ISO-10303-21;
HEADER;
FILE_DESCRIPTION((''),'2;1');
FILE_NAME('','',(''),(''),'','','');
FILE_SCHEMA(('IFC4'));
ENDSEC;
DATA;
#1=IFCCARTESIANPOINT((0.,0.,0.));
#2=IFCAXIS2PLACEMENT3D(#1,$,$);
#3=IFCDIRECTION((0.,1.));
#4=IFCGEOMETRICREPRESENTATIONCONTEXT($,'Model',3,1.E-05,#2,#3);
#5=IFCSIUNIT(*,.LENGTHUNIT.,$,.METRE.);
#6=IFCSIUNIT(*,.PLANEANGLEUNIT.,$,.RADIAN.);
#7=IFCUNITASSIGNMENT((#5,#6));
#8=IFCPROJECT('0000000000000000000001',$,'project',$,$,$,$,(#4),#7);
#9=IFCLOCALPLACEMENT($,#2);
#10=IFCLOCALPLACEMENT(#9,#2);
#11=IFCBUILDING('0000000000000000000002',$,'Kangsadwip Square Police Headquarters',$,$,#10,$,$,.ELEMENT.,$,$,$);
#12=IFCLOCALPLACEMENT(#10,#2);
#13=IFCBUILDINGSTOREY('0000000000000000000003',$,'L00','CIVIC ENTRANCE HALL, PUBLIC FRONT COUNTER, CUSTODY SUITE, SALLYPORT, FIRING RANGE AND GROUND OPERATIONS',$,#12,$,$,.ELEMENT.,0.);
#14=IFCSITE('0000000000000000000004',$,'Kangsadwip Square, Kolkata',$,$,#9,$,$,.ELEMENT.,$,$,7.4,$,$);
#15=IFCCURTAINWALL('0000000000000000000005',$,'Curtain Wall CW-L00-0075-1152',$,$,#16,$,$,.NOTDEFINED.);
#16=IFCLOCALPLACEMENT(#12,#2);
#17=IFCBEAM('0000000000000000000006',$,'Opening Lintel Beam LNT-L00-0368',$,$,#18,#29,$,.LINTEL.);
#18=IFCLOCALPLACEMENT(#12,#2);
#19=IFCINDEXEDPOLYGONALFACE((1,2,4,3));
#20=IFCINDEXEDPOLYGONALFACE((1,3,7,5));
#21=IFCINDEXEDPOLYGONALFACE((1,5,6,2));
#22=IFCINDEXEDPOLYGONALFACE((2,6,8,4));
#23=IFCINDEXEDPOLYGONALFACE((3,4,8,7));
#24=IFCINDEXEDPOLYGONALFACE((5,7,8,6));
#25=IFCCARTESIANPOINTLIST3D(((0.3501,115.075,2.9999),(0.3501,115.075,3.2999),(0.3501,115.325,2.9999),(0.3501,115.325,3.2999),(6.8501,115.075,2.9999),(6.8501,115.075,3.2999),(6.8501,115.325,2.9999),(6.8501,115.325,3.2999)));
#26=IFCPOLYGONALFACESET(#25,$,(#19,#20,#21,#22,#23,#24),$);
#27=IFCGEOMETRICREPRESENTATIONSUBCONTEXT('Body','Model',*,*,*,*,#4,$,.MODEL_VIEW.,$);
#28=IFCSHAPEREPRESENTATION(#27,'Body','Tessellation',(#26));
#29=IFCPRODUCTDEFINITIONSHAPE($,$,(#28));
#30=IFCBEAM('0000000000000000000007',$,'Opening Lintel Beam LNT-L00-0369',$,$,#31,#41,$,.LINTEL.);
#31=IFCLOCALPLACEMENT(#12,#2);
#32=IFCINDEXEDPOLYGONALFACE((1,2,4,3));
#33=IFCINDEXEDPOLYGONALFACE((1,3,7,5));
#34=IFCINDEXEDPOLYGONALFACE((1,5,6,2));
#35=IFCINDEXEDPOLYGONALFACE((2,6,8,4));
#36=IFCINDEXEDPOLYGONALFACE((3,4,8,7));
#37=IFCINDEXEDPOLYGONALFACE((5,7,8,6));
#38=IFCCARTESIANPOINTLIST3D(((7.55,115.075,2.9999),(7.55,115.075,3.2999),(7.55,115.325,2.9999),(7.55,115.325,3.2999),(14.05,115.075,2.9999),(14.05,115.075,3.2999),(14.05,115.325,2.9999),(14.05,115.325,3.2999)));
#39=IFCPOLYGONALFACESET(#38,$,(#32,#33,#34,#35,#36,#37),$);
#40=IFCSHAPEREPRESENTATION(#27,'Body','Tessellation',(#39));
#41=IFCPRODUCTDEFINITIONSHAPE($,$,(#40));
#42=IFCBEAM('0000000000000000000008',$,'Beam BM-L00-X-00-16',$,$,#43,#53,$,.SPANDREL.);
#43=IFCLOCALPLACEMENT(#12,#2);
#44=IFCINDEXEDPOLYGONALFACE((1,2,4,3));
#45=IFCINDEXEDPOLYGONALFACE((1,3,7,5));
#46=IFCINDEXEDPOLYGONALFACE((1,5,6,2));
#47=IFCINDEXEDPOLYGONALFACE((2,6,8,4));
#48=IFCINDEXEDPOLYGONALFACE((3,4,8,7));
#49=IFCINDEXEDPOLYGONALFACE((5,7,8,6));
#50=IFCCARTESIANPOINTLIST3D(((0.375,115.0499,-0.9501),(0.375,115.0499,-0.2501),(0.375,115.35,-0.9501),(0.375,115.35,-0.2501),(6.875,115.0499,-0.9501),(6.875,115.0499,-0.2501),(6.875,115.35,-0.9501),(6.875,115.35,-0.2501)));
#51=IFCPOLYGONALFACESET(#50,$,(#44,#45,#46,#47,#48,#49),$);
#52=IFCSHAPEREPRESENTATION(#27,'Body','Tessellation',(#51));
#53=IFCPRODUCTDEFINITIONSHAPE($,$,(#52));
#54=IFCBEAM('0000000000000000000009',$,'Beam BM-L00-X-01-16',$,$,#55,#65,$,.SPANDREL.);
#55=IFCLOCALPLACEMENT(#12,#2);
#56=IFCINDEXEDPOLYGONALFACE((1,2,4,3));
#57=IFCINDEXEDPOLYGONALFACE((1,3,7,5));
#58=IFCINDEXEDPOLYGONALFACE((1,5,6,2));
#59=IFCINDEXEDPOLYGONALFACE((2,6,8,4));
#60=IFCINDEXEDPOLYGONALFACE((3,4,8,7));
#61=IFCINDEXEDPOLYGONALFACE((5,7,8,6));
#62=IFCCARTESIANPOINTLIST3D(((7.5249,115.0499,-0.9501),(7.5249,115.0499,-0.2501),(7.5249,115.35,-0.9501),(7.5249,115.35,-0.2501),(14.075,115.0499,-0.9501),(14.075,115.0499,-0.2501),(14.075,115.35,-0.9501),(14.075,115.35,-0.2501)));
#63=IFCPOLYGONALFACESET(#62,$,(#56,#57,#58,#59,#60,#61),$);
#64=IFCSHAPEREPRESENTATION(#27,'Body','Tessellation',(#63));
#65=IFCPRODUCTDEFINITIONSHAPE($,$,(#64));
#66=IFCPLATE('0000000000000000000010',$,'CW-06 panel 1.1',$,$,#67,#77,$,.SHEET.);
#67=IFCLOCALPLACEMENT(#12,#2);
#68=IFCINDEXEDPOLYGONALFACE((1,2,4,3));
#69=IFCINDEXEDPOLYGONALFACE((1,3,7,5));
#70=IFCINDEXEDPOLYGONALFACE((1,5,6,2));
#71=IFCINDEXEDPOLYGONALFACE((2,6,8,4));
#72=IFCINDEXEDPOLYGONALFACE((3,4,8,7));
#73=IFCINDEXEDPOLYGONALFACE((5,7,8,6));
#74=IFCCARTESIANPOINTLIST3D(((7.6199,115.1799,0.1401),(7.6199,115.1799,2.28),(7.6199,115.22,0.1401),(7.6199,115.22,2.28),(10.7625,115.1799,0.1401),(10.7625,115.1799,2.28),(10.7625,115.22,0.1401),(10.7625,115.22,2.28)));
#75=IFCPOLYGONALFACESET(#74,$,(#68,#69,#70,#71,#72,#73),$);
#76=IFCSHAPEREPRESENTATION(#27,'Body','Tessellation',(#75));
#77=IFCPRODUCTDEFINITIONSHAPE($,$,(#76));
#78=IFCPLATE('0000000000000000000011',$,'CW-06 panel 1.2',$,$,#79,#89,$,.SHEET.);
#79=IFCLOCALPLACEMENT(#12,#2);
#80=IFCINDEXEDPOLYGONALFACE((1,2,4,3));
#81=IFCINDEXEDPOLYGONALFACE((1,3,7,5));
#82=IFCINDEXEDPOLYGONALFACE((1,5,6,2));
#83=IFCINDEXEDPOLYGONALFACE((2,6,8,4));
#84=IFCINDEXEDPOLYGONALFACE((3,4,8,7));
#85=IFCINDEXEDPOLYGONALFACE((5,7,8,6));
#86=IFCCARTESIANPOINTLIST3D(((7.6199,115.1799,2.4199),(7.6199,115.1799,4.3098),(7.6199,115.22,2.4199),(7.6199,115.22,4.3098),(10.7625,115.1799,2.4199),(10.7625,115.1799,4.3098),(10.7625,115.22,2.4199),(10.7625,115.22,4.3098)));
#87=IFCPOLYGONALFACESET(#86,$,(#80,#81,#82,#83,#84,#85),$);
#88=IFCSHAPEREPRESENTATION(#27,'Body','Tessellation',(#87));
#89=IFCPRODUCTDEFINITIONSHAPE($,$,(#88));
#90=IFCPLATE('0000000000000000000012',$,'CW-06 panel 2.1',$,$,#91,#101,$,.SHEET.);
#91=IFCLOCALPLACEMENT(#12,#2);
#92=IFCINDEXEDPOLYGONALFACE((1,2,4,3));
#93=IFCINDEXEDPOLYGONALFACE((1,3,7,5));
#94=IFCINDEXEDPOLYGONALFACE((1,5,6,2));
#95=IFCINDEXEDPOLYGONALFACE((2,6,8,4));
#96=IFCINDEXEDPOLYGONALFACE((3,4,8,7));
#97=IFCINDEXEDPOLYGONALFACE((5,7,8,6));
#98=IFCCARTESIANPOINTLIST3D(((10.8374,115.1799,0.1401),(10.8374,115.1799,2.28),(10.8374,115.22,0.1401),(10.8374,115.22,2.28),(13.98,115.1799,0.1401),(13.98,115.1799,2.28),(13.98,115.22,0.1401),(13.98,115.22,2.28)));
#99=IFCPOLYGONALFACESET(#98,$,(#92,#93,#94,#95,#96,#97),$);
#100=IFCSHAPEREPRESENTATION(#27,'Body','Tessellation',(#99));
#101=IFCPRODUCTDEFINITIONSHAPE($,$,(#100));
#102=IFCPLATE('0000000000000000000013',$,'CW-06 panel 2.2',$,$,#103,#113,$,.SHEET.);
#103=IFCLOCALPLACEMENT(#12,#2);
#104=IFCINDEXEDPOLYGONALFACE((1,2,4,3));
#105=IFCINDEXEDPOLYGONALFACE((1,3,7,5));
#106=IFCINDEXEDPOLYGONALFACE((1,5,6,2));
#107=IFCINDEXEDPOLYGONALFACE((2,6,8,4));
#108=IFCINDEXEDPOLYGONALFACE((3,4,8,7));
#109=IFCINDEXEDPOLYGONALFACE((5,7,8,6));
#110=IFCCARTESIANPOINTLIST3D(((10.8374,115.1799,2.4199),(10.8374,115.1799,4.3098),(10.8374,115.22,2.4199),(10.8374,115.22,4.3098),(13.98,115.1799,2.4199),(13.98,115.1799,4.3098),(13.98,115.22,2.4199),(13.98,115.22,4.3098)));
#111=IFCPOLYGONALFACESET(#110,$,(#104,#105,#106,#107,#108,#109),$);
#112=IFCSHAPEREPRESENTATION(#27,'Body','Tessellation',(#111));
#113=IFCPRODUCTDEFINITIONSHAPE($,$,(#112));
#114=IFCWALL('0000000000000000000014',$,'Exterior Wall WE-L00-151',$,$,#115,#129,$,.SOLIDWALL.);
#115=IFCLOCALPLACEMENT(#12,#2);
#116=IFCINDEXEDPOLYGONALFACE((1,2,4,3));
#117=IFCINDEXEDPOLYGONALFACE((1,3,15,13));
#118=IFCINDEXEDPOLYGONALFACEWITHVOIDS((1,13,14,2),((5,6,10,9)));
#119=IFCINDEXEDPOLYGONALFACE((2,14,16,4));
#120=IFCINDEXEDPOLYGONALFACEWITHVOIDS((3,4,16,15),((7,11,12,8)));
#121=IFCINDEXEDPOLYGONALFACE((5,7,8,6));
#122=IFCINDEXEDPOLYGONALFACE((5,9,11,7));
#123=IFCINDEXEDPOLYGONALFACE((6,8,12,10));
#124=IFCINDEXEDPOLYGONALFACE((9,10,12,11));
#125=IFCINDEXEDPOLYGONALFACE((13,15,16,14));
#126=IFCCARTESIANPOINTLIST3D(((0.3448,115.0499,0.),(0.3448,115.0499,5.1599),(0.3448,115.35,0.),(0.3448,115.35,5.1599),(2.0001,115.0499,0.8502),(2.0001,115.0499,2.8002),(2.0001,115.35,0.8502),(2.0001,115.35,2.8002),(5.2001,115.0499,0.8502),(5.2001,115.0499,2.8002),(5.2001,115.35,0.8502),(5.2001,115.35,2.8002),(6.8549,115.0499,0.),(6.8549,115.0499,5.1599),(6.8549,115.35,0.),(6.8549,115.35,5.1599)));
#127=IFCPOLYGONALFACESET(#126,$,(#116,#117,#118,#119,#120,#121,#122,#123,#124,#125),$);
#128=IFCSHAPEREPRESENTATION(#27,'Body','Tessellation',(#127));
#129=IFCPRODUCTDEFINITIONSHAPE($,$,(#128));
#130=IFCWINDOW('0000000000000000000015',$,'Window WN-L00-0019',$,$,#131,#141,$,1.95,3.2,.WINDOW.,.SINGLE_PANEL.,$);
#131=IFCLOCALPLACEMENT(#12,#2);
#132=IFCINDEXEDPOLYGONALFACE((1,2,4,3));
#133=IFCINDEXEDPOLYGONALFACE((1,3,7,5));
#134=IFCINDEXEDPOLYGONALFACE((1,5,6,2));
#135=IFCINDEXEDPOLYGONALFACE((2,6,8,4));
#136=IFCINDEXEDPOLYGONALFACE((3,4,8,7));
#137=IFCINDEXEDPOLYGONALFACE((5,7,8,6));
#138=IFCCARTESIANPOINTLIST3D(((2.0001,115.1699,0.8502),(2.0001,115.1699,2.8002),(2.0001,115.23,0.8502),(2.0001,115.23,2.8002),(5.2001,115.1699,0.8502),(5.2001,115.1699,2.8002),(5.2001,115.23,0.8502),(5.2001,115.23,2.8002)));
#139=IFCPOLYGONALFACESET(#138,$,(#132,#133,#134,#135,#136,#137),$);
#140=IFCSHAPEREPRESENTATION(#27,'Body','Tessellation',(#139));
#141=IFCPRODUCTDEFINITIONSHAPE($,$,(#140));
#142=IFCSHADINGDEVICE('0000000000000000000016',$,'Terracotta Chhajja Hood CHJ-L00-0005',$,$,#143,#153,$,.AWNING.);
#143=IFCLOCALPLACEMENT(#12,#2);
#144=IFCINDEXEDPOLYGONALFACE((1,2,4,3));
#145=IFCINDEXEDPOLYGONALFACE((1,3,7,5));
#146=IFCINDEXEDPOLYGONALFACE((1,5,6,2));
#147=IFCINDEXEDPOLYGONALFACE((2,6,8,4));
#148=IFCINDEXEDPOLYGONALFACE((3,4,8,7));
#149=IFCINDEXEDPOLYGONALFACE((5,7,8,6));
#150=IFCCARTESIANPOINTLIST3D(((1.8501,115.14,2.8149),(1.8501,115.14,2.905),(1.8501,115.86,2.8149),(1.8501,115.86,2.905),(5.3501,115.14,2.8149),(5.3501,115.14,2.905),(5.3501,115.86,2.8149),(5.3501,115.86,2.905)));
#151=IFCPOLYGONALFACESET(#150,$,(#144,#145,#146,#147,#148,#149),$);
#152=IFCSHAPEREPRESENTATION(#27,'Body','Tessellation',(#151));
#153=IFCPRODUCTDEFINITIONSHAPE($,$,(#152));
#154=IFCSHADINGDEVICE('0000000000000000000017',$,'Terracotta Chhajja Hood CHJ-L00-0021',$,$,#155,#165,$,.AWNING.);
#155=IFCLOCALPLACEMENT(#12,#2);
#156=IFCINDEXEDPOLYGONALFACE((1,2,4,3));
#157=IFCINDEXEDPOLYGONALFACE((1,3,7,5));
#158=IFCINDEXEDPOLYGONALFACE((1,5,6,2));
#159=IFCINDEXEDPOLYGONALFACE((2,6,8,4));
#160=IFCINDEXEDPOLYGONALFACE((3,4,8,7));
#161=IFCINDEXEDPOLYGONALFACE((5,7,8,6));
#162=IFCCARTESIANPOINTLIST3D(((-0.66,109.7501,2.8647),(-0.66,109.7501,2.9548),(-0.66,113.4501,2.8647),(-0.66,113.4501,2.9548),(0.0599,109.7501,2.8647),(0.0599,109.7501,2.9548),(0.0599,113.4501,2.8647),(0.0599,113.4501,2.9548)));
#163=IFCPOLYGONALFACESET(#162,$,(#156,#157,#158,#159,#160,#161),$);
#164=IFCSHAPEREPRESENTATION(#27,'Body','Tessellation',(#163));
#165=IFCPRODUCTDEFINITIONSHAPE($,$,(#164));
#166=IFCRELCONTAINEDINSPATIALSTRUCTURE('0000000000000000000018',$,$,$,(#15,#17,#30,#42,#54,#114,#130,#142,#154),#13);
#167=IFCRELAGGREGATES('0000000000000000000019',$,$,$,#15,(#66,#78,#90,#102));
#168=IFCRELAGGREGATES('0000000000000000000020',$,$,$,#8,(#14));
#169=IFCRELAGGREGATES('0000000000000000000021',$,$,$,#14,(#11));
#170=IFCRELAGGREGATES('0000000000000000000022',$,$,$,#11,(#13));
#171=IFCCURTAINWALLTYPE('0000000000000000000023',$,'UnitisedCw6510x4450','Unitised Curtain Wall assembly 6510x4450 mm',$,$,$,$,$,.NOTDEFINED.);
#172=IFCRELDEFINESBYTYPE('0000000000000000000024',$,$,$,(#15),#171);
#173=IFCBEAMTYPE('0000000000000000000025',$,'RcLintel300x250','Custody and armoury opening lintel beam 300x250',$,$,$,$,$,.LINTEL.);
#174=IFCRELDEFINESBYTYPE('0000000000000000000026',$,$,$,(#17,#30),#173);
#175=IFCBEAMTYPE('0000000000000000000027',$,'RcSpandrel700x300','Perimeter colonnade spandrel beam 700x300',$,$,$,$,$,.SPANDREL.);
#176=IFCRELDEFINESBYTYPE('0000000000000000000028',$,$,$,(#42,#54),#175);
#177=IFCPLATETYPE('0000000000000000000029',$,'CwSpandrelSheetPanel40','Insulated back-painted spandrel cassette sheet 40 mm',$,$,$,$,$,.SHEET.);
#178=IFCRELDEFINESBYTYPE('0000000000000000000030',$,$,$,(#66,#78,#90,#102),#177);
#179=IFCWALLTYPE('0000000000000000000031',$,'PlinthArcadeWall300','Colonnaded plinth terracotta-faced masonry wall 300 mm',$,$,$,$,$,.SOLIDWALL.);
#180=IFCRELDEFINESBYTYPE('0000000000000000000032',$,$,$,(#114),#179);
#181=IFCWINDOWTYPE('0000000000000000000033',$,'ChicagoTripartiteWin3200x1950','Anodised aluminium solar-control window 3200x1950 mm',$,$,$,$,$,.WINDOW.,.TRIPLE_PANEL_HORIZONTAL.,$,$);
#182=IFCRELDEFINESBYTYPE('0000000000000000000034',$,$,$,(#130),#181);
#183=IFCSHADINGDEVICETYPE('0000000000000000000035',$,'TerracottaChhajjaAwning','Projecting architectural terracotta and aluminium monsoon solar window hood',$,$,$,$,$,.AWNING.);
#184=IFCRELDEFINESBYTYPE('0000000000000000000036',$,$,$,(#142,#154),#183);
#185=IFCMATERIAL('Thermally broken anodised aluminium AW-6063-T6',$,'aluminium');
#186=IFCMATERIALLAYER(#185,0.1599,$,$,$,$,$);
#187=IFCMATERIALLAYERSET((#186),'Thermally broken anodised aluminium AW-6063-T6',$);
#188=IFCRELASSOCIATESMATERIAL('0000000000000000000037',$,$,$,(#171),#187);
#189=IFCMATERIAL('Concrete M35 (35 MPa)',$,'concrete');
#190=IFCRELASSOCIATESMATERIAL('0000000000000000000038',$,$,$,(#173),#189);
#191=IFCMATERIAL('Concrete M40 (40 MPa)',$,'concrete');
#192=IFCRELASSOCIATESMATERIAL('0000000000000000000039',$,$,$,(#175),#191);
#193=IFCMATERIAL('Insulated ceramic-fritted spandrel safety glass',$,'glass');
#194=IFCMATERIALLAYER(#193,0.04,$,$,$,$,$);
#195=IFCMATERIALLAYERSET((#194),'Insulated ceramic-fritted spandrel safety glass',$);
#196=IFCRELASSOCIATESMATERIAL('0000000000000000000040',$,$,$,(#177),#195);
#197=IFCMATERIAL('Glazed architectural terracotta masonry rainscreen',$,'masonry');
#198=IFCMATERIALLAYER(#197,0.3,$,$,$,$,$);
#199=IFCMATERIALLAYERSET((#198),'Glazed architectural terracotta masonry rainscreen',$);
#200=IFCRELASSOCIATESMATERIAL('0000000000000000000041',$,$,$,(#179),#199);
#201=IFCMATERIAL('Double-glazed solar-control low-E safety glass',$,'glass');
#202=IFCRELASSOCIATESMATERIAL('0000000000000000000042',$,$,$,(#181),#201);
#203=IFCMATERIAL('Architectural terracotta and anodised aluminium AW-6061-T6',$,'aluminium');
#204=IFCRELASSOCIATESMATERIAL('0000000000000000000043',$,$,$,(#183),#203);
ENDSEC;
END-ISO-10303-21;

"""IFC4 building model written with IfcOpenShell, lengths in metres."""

from ifc_helpers import new_model, si_unit, direction, frame, frame_2d, origin, origin_2d, place, context, subcontext, project, spatial, rectangle, extrude, material, layer, layer_set, material_profile, profile_set, type_object, element, fill, aggregate, save


model = new_model("IFC4")

# Units and contexts
model_context = context("Model", 3, precision=1e-05, world=origin(), true_north=direction((0.0, 1.0)))
body_context = subcontext(model_context, "Body", "Model", "MODEL_VIEW")
ifc_project = project(units=[si_unit("LENGTHUNIT", "METRE"), si_unit("PLANEANGLEUNIT", "RADIAN")], contexts=[model_context])

# Site, building, storey
site_placement = place(None, origin())
site = spatial("IfcSite", under=ifc_project, at=site_placement, Name="Kangsadwip Square, Kolkata", CompositionType="ELEMENT", RefElevation=7.4)
building_placement = place(site_placement, origin())
building = spatial("IfcBuilding", under=site, at=building_placement, Name="Kangsadwip Square Police Headquarters", CompositionType="ELEMENT")
storey_placement = place(building_placement, origin())
storey = spatial("IfcBuildingStorey", under=building, at=storey_placement, Name="L00", Description="CIVIC ENTRANCE HALL, PUBLIC FRONT COUNTER, CUSTODY SUITE, SALLYPORT, FIRING RANGE AND GROUND OPERATIONS", CompositionType="ELEMENT", Elevation=0.0)

# Curtain wall
ifc_material_1 = material(Name="Thermally broken anodised aluminium AW-6063-T6", Category="aluminium")
ifc_layer_1 = layer(ifc_material_1, 0.1599)
ifc_layer_set_1 = layer_set([ifc_layer_1], Name="Thermally broken anodised aluminium AW-6063-T6")
curtain_wall_type = type_object("IfcCurtainWallType", Name="UnitisedCw6510x4450", Description="Unitised Curtain Wall assembly 6510x4450 mm", PredefinedType="NOTDEFINED", material=ifc_layer_set_1)
curtain_wall_placement = place(storey_placement, origin())
curtain_wall = element("IfcCurtainWall", 1, at=curtain_wall_placement, inside=storey, type_object=curtain_wall_type, Name="Curtain Wall CW-L00-0075-1152", PredefinedType="NOTDEFINED")

# Beams
ifc_material_2 = material(Name="Concrete M35 (35 MPa)", Category="concrete")
ifc_material_profile_1 = material_profile(ifc_material_2, rectangle(XDim=0.25, YDim=0.3, at=origin_2d()), Name="RC LNT 300X250")
ifc_profile_set_1 = profile_set([ifc_material_profile_1], Name="Concrete M35 (35 MPa)")
beam_type_1 = type_object("IfcBeamType", Name="RcLintel300x250", Description="Custody and armoury opening lintel beam 300x250", PredefinedType="LINTEL", material=ifc_profile_set_1)
for number, where, z_axis, x_axis, name in (
    (2, (0.3501, 115.2, 3.1499), (1.0, 0.0, 0.0), (0.0, 1.0, 0.0), "Opening Lintel Beam LNT-L00-0368"),
    (3, (7.55, 115.2, 3.1499), (1.0, 0.0, 0.0), (0.0, 1.0, 0.0), "Opening Lintel Beam LNT-L00-0369"),
):
    element("IfcBeam", number, at=place(storey_placement, frame(where, z_axis=z_axis, x_axis=x_axis)), inside=storey, type_object=beam_type_1, Name=name, PredefinedType="LINTEL", context=body_context, shape_type="SweptSolid", body=[
        extrude(rectangle(XDim=0.25, YDim=0.3, at=origin_2d()), origin(), (0.0, 0.0, 1.0), 6.5),
    ])
ifc_material_3 = material(Name="Concrete M40 (40 MPa)", Category="concrete")
ifc_material_profile_2 = material_profile(ifc_material_3, rectangle(XDim=0.3, YDim=0.7, at=origin_2d()), Name="RC SPN 700X300")
ifc_profile_set_2 = profile_set([ifc_material_profile_2], Name="Concrete M40 (40 MPa)")
beam_type_2 = type_object("IfcBeamType", Name="RcSpandrel700x300", Description="Perimeter colonnade spandrel beam 700x300", PredefinedType="SPANDREL", material=ifc_profile_set_2)
beam_1_placement = place(storey_placement, frame((0.375, 115.2, -0.6001), z_axis=(1.0, 0.0, 0.0), x_axis=(0.0, 1.0, 0.0)))
element("IfcBeam", 4, at=beam_1_placement, inside=storey, type_object=beam_type_2, Name="Beam BM-L00-X-00-16", PredefinedType="SPANDREL", context=body_context, shape_type="SweptSolid", body=[
    extrude(rectangle(XDim=0.3, YDim=0.7, at=origin_2d()), origin(), (0.0, 0.0, 1.0), 6.5),
])
beam_2_placement = place(storey_placement, frame((7.5249, 115.2, -0.6001), z_axis=(1.0, 0.0, 0.0), x_axis=(0.0, 1.0, 0.0)))
element("IfcBeam", 5, at=beam_2_placement, inside=storey, type_object=beam_type_2, Name="Beam BM-L00-X-01-16", PredefinedType="SPANDREL", context=body_context, shape_type="SweptSolid", body=[
    extrude(rectangle(XDim=0.3, YDim=0.7, at=origin_2d()), origin(), (0.0, 0.0, 1.0), 6.55),
])

# Plates
ifc_material_4 = material(Name="Insulated ceramic-fritted spandrel safety glass", Category="glass")
ifc_layer_2 = layer(ifc_material_4, 0.04)
ifc_layer_set_2 = layer_set([ifc_layer_2], Name="Insulated ceramic-fritted spandrel safety glass")
plate_type = type_object("IfcPlateType", Name="CwSpandrelSheetPanel40", Description="Insulated back-painted spandrel cassette sheet 40 mm", PredefinedType="SHEET", material=ifc_layer_set_2)
plate_1_placement = place(storey_placement, frame((9.1912, 115.2, 0.1401), z_axis=(0.0, 0.0, 1.0), x_axis=(1.0, 0.0, 0.0)))
plate_1 = element("IfcPlate", 6, at=plate_1_placement, type_object=plate_type, Name="CW-06 panel 1.1", PredefinedType="SHEET", context=body_context, shape_type="SweptSolid", body=[
    extrude(rectangle(XDim=3.1426, YDim=0.04, at=origin_2d()), origin(), (0.0, 0.0, 1.0), 2.1399),
])
plate_2_placement = place(storey_placement, frame((9.1912, 115.2, 2.4199), z_axis=(0.0, 0.0, 1.0), x_axis=(1.0, 0.0, 0.0)))
plate_2 = element("IfcPlate", 7, at=plate_2_placement, type_object=plate_type, Name="CW-06 panel 1.2", PredefinedType="SHEET", context=body_context, shape_type="SweptSolid", body=[
    extrude(rectangle(XDim=3.1426, YDim=0.04, at=origin_2d()), origin(), (0.0, 0.0, 1.0), 1.8899),
])
plate_3_placement = place(storey_placement, frame((12.4087, 115.2, 0.1401), z_axis=(0.0, 0.0, 1.0), x_axis=(1.0, 0.0, 0.0)))
plate_3 = element("IfcPlate", 8, at=plate_3_placement, type_object=plate_type, Name="CW-06 panel 2.1", PredefinedType="SHEET", context=body_context, shape_type="SweptSolid", body=[
    extrude(rectangle(XDim=3.1426, YDim=0.04, at=origin_2d()), origin(), (0.0, 0.0, 1.0), 2.1399),
])
plate_4_placement = place(storey_placement, frame((12.4087, 115.2, 2.4199), z_axis=(0.0, 0.0, 1.0), x_axis=(1.0, 0.0, 0.0)))
plate_4 = element("IfcPlate", 9, at=plate_4_placement, type_object=plate_type, Name="CW-06 panel 2.2", PredefinedType="SHEET", context=body_context, shape_type="SweptSolid", body=[
    extrude(rectangle(XDim=3.1426, YDim=0.04, at=origin_2d()), origin(), (0.0, 0.0, 1.0), 1.8899),
])
aggregate(curtain_wall, [plate_1, plate_2, plate_3, plate_4])

# Wall, opening, window
ifc_material_5 = material(Name="Glazed architectural terracotta masonry rainscreen", Category="masonry")
ifc_layer_3 = layer(ifc_material_5, 0.3)
ifc_layer_set_3 = layer_set([ifc_layer_3], Name="Glazed architectural terracotta masonry rainscreen")
wall_type = type_object("IfcWallType", Name="PlinthArcadeWall300", Description="Colonnaded plinth terracotta-faced masonry wall 300 mm", PredefinedType="SOLIDWALL", material=ifc_layer_set_3)
wall_placement = place(storey_placement, frame((0.345, 115.2, 0.0), z_axis=(0.0, 0.0, 1.0), x_axis=(1.0, 0.0, 0.0)))
wall = element("IfcWall", 10, at=wall_placement, inside=storey, type_object=wall_type, Name="Exterior Wall WE-L00-151", PredefinedType="SOLIDWALL", context=body_context, shape_type="SweptSolid", body=[
    extrude(rectangle(XDim=6.51, YDim=0.3, at=frame_2d((3.2549, 0.0))), origin(), (0.0, 0.0, 1.0), 5.1599),
])
opening_placement = place(wall_placement, frame((1.655, 0.0, 0.8501)))
opening = element("IfcOpeningElement", 11, at=opening_placement, cuts=wall, PredefinedType="OPENING", context=body_context, shape_type="SweptSolid", body=[
    extrude(rectangle(XDim=3.2, YDim=1.95, at=frame_2d((1.6001, 0.9751))), frame((0.0, 0.1599, 0.0), z_axis=(0.0, -1.0, 0.0), x_axis=(1.0, 0.0, 0.0)), (0.0, 0.0, 1.0), 0.3201),
])
ifc_material_6 = material(Name="Double-glazed solar-control low-E safety glass", Category="glass")
window_type = type_object("IfcWindowType", Name="ChicagoTripartiteWin3200x1950", Description="Anodised aluminium solar-control window 3200x1950 mm", PartitioningType="TRIPLE_PANEL_HORIZONTAL", PredefinedType="WINDOW", material=ifc_material_6)
window_placement = place(opening_placement, origin())
window = element("IfcWindow", 12, at=window_placement, inside=storey, type_object=window_type, Name="Window WN-L00-0019", OverallHeight=1.95, OverallWidth=3.2, PartitioningType="SINGLE_PANEL", PredefinedType="WINDOW", context=body_context, shape_type="SweptSolid", body=[
    extrude(rectangle(XDim=3.2, YDim=1.95, at=frame_2d((1.6001, 0.9751))), frame((0.0, 0.03, 0.0), z_axis=(0.0, -1.0, 0.0), x_axis=(1.0, 0.0, 0.0)), (0.0, 0.0, 1.0), 0.0601),
])
fill(opening, window)

# Shading devices
ifc_material_7 = material(Name="Architectural terracotta and anodised aluminium AW-6061-T6", Category="aluminium")
shading_device_type = type_object("IfcShadingDeviceType", Name="TerracottaChhajjaAwning", Description="Projecting architectural terracotta and aluminium monsoon solar window hood", PredefinedType="AWNING", material=ifc_material_7)
shading_device_1_placement = place(storey_placement, frame((3.6001, 115.5, 2.8149), z_axis=(0.0, 0.0, 1.0), x_axis=(1.0, 0.0, 0.0)))
element("IfcShadingDevice", 13, at=shading_device_1_placement, inside=storey, type_object=shading_device_type, Name="Terracotta Chhajja Hood CHJ-L00-0005", PredefinedType="AWNING", context=body_context, shape_type="SweptSolid", body=[
    extrude(rectangle(XDim=3.5, YDim=0.72, at=origin_2d()), origin(), (0.0, 0.0, 1.0), 0.0901),
])
shading_device_2_placement = place(storey_placement, frame((-0.3, 111.6001, 2.8647), z_axis=(0.0, 0.0, 1.0), x_axis=(0.0, 1.0, 0.0)))
element("IfcShadingDevice", 14, at=shading_device_2_placement, inside=storey, type_object=shading_device_type, Name="Terracotta Chhajja Hood CHJ-L00-0021", PredefinedType="AWNING", context=body_context, shape_type="SweptSolid", body=[
    extrude(rectangle(XDim=3.7, YDim=0.72, at=origin_2d()), origin(), (0.0, 0.0, 1.0), 0.0901),
])

save(model, "model.ifc")
